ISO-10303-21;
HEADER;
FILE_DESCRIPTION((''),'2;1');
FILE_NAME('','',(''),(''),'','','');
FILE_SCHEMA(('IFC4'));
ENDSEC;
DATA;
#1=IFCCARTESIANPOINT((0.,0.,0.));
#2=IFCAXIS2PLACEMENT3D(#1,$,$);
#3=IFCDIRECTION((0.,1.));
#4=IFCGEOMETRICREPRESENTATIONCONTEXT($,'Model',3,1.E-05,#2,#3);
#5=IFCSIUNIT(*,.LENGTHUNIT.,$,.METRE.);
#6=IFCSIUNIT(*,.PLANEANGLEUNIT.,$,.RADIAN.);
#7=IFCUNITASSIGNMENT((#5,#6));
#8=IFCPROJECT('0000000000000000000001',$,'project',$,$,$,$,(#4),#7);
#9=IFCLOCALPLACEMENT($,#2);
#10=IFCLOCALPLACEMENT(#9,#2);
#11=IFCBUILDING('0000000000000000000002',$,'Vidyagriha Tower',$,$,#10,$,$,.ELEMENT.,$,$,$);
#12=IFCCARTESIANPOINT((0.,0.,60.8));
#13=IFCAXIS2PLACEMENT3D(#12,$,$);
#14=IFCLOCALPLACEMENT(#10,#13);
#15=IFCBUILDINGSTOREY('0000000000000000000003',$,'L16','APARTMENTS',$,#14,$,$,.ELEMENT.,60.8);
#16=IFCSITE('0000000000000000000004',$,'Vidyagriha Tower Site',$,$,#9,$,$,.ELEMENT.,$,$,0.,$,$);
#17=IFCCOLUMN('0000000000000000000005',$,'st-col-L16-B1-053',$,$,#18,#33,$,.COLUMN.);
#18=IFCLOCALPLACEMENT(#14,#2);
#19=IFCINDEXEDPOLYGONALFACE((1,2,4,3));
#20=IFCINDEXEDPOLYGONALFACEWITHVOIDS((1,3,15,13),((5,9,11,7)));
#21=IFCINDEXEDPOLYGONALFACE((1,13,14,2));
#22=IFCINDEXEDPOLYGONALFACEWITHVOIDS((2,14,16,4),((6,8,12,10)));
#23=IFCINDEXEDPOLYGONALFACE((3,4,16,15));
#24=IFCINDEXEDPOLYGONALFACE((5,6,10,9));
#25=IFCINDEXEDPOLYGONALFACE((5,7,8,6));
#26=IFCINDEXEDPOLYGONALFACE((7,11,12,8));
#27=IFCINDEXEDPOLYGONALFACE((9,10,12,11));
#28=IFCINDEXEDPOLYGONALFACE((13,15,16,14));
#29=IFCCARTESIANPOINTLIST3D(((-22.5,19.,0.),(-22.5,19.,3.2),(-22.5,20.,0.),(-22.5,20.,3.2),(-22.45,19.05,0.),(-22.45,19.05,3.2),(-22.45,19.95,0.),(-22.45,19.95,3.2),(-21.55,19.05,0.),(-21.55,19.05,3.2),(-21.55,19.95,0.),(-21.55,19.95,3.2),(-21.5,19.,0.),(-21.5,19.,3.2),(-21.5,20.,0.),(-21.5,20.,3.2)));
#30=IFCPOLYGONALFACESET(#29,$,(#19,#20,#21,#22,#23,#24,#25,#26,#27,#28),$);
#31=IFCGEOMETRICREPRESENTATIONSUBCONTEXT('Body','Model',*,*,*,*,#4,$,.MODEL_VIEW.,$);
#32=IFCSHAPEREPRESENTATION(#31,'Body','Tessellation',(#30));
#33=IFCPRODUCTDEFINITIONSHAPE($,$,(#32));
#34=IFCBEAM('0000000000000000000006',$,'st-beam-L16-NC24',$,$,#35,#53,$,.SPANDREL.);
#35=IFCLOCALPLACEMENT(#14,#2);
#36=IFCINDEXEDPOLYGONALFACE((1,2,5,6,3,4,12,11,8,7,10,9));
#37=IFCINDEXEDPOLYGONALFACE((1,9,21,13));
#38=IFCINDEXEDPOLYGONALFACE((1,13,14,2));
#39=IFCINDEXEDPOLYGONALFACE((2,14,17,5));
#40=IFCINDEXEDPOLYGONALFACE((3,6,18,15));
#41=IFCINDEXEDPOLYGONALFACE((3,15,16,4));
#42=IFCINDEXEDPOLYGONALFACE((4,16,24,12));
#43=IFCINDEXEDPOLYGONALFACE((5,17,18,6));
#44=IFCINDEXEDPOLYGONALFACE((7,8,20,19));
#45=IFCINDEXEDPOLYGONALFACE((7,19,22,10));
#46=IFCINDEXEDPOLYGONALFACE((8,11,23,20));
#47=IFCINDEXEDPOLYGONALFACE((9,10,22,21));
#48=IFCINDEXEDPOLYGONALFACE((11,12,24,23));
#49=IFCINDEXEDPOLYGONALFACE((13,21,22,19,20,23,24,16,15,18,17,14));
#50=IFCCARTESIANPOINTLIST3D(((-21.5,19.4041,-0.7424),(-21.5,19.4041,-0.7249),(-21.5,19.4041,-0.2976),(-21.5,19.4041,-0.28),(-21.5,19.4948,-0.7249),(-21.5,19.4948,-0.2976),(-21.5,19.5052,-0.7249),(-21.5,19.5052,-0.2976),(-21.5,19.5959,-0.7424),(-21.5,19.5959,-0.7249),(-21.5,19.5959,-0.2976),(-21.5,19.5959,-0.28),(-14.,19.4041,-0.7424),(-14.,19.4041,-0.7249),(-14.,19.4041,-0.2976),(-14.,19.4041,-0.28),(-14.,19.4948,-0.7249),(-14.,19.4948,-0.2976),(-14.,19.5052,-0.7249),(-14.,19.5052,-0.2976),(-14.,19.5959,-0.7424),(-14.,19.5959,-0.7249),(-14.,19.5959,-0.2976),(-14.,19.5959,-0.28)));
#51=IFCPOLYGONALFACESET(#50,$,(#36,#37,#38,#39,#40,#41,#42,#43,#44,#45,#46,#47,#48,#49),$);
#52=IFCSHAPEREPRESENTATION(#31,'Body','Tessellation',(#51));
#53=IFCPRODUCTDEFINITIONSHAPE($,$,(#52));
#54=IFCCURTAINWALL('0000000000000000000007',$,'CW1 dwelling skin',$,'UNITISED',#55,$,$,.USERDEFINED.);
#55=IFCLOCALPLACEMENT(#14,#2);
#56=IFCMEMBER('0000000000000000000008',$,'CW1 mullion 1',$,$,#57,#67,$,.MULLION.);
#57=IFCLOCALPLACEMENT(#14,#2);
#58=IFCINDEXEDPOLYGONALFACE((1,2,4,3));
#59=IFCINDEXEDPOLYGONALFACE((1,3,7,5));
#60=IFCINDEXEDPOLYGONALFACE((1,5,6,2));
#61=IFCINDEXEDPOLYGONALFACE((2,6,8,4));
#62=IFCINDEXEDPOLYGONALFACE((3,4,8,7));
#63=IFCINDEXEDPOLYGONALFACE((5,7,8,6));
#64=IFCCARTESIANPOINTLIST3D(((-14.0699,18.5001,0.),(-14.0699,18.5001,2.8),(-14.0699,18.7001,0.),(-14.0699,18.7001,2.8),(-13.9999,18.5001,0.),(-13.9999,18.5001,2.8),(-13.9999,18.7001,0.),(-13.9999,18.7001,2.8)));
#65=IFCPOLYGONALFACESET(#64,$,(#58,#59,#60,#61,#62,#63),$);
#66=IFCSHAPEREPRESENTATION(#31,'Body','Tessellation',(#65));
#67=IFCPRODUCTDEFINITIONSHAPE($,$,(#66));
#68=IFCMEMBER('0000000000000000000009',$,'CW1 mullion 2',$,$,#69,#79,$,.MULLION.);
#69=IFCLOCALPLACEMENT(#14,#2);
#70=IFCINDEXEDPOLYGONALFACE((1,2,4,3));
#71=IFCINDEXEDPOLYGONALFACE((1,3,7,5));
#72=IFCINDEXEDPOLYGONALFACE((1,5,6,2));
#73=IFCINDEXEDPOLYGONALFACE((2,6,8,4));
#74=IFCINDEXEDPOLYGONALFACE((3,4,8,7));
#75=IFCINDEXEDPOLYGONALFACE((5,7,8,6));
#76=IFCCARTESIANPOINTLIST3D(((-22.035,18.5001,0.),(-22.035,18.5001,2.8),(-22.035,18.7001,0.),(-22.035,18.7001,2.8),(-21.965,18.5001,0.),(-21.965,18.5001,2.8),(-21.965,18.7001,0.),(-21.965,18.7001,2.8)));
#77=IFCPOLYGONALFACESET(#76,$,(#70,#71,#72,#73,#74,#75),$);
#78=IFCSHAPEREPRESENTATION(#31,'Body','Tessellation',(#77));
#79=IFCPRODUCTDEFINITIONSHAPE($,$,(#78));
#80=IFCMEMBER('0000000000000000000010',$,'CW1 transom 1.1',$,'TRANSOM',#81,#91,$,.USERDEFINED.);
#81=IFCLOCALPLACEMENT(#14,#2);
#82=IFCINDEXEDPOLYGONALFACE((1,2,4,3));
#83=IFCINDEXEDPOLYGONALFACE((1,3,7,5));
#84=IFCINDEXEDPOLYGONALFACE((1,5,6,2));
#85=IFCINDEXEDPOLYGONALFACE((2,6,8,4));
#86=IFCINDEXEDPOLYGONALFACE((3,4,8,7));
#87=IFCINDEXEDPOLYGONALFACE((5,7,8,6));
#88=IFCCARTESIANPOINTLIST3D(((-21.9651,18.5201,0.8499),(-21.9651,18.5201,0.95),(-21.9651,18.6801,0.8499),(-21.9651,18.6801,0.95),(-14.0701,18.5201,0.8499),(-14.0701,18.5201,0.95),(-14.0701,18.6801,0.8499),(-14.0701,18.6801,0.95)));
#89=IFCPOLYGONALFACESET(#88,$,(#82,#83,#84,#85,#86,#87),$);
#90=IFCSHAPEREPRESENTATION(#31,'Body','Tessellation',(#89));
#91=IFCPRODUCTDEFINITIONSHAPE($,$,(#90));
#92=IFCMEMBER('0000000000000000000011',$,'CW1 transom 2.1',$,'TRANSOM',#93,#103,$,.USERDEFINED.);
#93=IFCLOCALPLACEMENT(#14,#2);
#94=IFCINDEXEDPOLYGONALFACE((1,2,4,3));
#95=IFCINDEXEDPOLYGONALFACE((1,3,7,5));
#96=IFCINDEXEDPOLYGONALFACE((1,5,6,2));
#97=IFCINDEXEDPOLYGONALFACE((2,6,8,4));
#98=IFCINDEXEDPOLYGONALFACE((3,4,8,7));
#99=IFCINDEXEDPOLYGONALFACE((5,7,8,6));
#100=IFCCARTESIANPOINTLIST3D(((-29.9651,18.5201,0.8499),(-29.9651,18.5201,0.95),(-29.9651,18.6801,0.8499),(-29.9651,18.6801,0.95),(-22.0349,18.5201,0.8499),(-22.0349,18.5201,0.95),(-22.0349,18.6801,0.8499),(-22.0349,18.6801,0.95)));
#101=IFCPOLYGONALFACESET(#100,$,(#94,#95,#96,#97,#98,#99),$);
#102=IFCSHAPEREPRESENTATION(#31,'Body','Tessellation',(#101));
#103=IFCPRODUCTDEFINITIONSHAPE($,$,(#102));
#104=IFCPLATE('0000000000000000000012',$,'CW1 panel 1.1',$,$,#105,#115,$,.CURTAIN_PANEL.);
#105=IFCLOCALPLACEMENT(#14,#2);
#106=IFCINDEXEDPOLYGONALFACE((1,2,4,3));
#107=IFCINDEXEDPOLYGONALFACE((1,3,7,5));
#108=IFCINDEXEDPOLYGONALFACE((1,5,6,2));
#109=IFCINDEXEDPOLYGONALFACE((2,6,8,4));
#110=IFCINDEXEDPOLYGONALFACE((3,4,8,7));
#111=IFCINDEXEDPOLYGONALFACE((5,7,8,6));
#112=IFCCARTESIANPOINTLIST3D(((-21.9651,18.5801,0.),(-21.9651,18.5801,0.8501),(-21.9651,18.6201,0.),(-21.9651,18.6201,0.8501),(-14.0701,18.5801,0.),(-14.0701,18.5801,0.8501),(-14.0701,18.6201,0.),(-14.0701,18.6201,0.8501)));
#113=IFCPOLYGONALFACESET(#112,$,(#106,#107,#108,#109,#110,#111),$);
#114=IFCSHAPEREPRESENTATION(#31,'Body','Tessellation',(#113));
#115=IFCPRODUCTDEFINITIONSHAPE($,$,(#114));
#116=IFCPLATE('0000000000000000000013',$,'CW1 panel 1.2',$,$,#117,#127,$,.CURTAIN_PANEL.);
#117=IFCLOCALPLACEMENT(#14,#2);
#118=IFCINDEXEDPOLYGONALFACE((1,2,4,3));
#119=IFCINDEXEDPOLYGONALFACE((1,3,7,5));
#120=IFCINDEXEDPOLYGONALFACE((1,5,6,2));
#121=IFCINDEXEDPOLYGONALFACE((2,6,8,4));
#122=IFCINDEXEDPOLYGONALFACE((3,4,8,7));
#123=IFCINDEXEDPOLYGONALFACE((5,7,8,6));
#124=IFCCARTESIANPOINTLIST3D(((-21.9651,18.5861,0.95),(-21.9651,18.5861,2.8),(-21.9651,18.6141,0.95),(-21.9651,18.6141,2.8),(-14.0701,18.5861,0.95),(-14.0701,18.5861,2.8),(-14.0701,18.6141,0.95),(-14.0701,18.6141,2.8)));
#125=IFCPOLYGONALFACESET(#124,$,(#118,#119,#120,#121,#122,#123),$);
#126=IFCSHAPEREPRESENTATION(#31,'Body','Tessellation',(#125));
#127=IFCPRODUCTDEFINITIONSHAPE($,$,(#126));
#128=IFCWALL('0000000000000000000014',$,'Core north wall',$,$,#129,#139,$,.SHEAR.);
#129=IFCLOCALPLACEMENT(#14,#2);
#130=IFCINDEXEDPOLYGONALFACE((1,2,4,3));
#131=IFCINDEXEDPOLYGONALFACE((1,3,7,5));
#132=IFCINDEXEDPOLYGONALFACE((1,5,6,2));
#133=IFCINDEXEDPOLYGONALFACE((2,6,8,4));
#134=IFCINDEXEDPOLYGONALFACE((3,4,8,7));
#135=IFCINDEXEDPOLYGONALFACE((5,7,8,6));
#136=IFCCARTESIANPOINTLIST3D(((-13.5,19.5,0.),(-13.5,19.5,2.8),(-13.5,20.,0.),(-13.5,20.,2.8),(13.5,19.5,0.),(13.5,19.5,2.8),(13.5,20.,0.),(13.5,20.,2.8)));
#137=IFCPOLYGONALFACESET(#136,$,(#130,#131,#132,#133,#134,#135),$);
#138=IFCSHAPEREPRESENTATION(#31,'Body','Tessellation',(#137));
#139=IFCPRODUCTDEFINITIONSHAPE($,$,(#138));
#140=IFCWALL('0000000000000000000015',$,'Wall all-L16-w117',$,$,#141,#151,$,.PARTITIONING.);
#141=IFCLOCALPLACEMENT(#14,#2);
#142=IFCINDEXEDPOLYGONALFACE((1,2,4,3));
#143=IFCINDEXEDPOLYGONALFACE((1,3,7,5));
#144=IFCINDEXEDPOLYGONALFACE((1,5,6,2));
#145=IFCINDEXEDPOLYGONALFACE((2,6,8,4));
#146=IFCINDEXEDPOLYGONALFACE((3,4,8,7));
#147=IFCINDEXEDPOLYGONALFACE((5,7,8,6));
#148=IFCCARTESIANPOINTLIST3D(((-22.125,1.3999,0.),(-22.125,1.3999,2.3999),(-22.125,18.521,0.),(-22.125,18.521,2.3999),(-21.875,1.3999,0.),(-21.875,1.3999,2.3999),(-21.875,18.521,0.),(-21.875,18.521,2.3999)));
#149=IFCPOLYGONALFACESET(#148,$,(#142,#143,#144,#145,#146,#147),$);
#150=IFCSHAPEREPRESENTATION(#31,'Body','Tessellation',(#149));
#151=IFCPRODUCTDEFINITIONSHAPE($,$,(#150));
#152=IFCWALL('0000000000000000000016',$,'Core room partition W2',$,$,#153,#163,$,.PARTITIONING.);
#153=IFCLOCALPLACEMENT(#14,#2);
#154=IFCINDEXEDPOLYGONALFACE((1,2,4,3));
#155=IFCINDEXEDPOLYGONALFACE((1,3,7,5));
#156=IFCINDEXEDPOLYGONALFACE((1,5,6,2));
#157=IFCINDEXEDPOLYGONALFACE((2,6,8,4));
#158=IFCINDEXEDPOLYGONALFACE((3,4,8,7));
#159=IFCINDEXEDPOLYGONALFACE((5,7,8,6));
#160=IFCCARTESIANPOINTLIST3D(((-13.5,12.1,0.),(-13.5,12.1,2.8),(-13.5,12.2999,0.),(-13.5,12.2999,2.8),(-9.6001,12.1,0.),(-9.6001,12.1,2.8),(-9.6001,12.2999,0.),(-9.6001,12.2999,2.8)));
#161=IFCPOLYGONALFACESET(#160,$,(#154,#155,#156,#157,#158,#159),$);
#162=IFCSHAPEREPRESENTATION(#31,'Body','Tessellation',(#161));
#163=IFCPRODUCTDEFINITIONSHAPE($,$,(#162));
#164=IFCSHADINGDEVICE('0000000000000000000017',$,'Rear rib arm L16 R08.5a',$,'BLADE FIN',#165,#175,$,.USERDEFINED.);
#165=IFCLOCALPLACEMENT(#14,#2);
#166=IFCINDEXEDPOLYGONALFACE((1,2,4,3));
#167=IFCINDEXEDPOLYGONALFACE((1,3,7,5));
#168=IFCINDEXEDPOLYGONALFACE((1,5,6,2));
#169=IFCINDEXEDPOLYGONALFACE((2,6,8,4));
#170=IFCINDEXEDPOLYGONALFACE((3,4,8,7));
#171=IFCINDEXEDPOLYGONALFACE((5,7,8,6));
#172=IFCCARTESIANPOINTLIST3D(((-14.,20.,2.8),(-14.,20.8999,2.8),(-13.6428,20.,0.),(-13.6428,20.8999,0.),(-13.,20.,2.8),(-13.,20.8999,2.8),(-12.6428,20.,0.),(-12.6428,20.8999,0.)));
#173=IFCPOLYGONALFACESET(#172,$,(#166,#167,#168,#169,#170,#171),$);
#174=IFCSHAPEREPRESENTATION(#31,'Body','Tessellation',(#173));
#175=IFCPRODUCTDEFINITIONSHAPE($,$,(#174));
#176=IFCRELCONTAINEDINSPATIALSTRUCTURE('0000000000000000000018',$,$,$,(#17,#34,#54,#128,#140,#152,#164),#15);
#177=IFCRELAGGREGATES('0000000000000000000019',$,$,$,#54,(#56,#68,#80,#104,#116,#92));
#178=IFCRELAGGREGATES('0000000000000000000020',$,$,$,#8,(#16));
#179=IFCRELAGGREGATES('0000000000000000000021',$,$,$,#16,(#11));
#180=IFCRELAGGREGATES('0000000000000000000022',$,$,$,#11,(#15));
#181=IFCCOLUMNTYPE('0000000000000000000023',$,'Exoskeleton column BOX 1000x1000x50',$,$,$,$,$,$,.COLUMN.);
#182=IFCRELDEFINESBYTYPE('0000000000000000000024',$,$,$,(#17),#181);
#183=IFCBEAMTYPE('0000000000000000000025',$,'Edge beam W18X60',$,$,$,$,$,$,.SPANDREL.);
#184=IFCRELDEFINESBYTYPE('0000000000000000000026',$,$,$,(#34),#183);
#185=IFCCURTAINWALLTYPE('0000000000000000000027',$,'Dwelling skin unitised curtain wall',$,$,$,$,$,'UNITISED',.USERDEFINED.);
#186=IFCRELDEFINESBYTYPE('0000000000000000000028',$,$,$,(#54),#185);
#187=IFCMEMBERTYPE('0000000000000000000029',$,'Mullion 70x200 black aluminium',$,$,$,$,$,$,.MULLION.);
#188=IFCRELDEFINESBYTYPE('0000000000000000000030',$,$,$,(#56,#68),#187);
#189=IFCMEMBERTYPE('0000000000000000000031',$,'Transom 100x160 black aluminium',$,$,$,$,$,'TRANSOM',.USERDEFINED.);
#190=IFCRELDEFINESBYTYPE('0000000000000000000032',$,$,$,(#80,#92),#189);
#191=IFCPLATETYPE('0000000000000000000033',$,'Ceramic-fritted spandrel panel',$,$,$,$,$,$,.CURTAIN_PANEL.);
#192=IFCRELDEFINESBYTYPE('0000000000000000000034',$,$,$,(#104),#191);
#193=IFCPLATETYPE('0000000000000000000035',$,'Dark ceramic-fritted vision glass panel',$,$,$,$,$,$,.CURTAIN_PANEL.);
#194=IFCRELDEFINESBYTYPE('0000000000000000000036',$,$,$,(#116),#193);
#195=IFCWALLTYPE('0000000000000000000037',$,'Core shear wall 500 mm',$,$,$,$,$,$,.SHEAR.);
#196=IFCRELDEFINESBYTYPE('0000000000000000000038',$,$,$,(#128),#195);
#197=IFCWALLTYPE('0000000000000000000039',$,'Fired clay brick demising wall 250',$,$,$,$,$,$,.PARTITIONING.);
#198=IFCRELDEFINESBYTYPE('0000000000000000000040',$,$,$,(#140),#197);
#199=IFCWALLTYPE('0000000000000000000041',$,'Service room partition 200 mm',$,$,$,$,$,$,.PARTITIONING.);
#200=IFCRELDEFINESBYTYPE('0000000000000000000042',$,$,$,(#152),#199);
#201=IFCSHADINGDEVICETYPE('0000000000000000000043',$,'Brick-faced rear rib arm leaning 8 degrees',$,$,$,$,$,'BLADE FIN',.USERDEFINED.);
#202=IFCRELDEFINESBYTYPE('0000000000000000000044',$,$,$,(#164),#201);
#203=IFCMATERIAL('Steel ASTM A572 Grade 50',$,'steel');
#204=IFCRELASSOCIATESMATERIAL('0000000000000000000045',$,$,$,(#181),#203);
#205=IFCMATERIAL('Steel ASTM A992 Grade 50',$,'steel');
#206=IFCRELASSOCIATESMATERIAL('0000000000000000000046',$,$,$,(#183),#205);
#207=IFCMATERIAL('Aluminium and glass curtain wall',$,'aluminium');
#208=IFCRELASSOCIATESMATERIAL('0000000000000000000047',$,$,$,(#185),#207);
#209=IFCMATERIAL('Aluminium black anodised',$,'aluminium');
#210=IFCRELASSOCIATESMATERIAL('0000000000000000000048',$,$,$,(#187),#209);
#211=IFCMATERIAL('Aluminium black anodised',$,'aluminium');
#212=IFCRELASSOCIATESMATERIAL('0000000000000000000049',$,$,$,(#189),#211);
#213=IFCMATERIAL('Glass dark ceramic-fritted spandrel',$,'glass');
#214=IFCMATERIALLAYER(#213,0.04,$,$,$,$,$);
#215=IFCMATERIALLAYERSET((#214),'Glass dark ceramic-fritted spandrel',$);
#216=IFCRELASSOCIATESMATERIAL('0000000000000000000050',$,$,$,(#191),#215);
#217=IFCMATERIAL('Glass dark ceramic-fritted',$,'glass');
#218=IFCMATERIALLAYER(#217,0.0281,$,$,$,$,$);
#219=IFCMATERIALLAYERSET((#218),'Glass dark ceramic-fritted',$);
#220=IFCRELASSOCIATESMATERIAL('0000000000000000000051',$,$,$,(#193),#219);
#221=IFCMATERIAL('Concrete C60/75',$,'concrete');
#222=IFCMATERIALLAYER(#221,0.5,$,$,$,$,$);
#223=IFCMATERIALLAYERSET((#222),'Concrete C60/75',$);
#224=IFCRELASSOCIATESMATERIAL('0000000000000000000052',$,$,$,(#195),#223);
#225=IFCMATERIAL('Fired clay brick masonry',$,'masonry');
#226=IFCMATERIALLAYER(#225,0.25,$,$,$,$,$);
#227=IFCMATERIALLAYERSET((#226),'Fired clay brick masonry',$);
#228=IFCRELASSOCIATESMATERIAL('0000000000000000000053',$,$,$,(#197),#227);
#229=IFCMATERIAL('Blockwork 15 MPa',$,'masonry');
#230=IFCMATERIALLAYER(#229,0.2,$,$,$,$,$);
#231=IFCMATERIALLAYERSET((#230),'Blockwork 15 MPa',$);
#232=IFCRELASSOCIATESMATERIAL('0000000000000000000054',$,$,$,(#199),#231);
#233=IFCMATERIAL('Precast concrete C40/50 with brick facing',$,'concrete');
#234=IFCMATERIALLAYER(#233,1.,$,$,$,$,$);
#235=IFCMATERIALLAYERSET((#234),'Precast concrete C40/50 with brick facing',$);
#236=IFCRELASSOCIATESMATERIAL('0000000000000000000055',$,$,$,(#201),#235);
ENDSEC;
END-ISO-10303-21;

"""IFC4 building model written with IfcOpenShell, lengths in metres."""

from ifc_helpers import new_model, si_unit, direction, frame, frame_2d, origin, origin_2d, place, context, subcontext, project, spatial, polyline, rectangle, hollow_rectangle, i_section, outline, extrude, material, layer, layer_set, material_profile, profile_set, type_object, element, aggregate, save


model = new_model("IFC4")

# Units and contexts
model_context = context("Model", 3, precision=1e-05, world=origin(), true_north=direction((0.0, 1.0)))
body_context = subcontext(model_context, "Body", "Model", "MODEL_VIEW")
ifc_project = project(units=[si_unit("LENGTHUNIT", "METRE"), si_unit("PLANEANGLEUNIT", "RADIAN")], contexts=[model_context])

# Site, building, storey
site_placement = place(None, origin())
site = spatial("IfcSite", under=ifc_project, at=site_placement, Name="Vidyagriha Tower Site", CompositionType="ELEMENT", RefElevation=0.0)
building_placement = place(site_placement, origin())
building = spatial("IfcBuilding", under=site, at=building_placement, Name="Vidyagriha Tower", CompositionType="ELEMENT")
storey_placement = place(building_placement, frame((0.0, 0.0, 60.8)))
storey = spatial("IfcBuildingStorey", under=building, at=storey_placement, Name="L16", Description="APARTMENTS", CompositionType="ELEMENT", Elevation=60.8)

# Column
ifc_material_1 = material(Name="Steel ASTM A572 Grade 50", Category="steel")
ifc_material_profile_1 = material_profile(ifc_material_1, hollow_rectangle(XDim=1.0, YDim=1.0, WallThickness=0.05, at=origin_2d()), Name="BOX 1000x1000x50")
ifc_profile_set_1 = profile_set([ifc_material_profile_1], Name="Steel ASTM A572 Grade 50")
column_type = type_object("IfcColumnType", Name="Exoskeleton column BOX 1000x1000x50", PredefinedType="COLUMN", material=ifc_profile_set_1)
column_placement = place(storey_placement, frame((-22.0, 19.5, 0.0)))
element("IfcColumn", 1, at=column_placement, inside=storey, type_object=column_type, Name="st-col-L16-B1-053", PredefinedType="COLUMN", context=body_context, shape_type="SweptSolid", body=[
    extrude(hollow_rectangle(XDim=1.0, YDim=1.0, WallThickness=0.05, at=origin_2d()), origin(), (0.0, 0.0, 1.0), 3.2),
])

# Beam
ifc_material_2 = material(Name="Steel ASTM A992 Grade 50", Category="steel")
ifc_material_profile_2 = material_profile(ifc_material_2, i_section(OverallWidth=0.1919, OverallDepth=0.4624, WebThickness=0.0105, FlangeThickness=0.0176, at=origin_2d()), Name="W18X60")
ifc_profile_set_2 = profile_set([ifc_material_profile_2], Name="Steel ASTM A992 Grade 50")
beam_type = type_object("IfcBeamType", Name="Edge beam W18X60", PredefinedType="SPANDREL", material=ifc_profile_set_2)
beam_placement = place(storey_placement, frame((-21.5, 19.5, -0.5112), z_axis=(1.0, 0.0, 0.0), x_axis=(0.0, 1.0, 0.0)))
element("IfcBeam", 2, at=beam_placement, inside=storey, type_object=beam_type, Name="st-beam-L16-NC24", PredefinedType="SPANDREL", context=body_context, shape_type="SweptSolid", body=[
    extrude(i_section(OverallWidth=0.1919, OverallDepth=0.4624, WebThickness=0.0105, FlangeThickness=0.0176, at=origin_2d()), origin(), (0.0, 0.0, 1.0), 7.5),
])

# Curtain wall, members, plates
ifc_material_3 = material(Name="Aluminium and glass curtain wall", Category="aluminium")
curtain_wall_type = type_object("IfcCurtainWallType", Name="Dwelling skin unitised curtain wall", ElementType="UNITISED", PredefinedType="USERDEFINED", material=ifc_material_3)
curtain_wall_placement = place(storey_placement, origin())
curtain_wall = element("IfcCurtainWall", 3, at=curtain_wall_placement, inside=storey, type_object=curtain_wall_type, Name="CW1 dwelling skin", ObjectType="UNITISED", PredefinedType="USERDEFINED")
ifc_material_4 = material(Name="Aluminium black anodised", Category="aluminium")
ifc_material_profile_3 = material_profile(ifc_material_4, rectangle(XDim=0.2, YDim=0.0701, at=origin_2d()), Name="Mullion 70x200 black aluminium")
ifc_profile_set_3 = profile_set([ifc_material_profile_3], Name="Aluminium black anodised")
member_type_1 = type_object("IfcMemberType", Name="Mullion 70x200 black aluminium", PredefinedType="MULLION", material=ifc_profile_set_3)
member_1_placement = place(storey_placement, frame((-14.0349, 18.6001, 0.0), z_axis=(0.0, 0.0, 1.0), x_axis=(0.0, -1.0, 0.0)))
member_1 = element("IfcMember", 4, at=member_1_placement, type_object=member_type_1, Name="CW1 mullion 1", PredefinedType="MULLION", context=body_context, shape_type="SweptSolid", body=[
    extrude(rectangle(XDim=0.2, YDim=0.0701, at=origin_2d()), origin(), (0.0, 0.0, 1.0), 2.8),
])
member_2_placement = place(storey_placement, frame((-22.0, 18.6001, 0.0), z_axis=(0.0, 0.0, 1.0), x_axis=(0.0, -1.0, 0.0)))
member_2 = element("IfcMember", 5, at=member_2_placement, type_object=member_type_1, Name="CW1 mullion 2", PredefinedType="MULLION", context=body_context, shape_type="SweptSolid", body=[
    extrude(rectangle(XDim=0.2, YDim=0.0701, at=origin_2d()), origin(), (0.0, 0.0, 1.0), 2.8),
])
ifc_material_5 = material(Name="Aluminium black anodised", Category="aluminium")
ifc_material_profile_4 = material_profile(ifc_material_5, rectangle(XDim=0.1599, YDim=0.1001, at=origin_2d()), Name="Transom 100x160 black aluminium")
ifc_profile_set_4 = profile_set([ifc_material_profile_4], Name="Aluminium black anodised")
member_type_2 = type_object("IfcMemberType", Name="Transom 100x160 black aluminium", ElementType="TRANSOM", PredefinedType="USERDEFINED", material=ifc_profile_set_4)
member_3_placement = place(storey_placement, frame((-14.0701, 18.6001, 0.8999), z_axis=(-1.0, 0.0, 0.0), x_axis=(0.0, -1.0, 0.0)))
member_3 = element("IfcMember", 6, at=member_3_placement, type_object=member_type_2, Name="CW1 transom 1.1", ObjectType="TRANSOM", PredefinedType="USERDEFINED", context=body_context, shape_type="SweptSolid", body=[
    extrude(rectangle(XDim=0.1599, YDim=0.1001, at=origin_2d()), origin(), (0.0, 0.0, 1.0), 7.895),
])
member_4_placement = place(storey_placement, frame((-22.0349, 18.6001, 0.8999), z_axis=(-1.0, 0.0, 0.0), x_axis=(0.0, -1.0, 0.0)))
member_4 = element("IfcMember", 7, at=member_4_placement, type_object=member_type_2, Name="CW1 transom 2.1", ObjectType="TRANSOM", PredefinedType="USERDEFINED", context=body_context, shape_type="SweptSolid", body=[
    extrude(rectangle(XDim=0.1599, YDim=0.1001, at=origin_2d()), origin(), (0.0, 0.0, 1.0), 7.9302),
])
ifc_material_6 = material(Name="Glass dark ceramic-fritted spandrel", Category="glass")
ifc_layer_1 = layer(ifc_material_6, 0.04)
ifc_layer_set_1 = layer_set([ifc_layer_1], Name="Glass dark ceramic-fritted spandrel")
plate_type_1 = type_object("IfcPlateType", Name="Ceramic-fritted spandrel panel", PredefinedType="CURTAIN_PANEL", material=ifc_layer_set_1)
plate_1_placement = place(storey_placement, frame((-18.0176, 18.6001, 0.0), z_axis=(0.0, 0.0, 1.0), x_axis=(-1.0, 0.0, 0.0)))
plate_1 = element("IfcPlate", 8, at=plate_1_placement, type_object=plate_type_1, Name="CW1 panel 1.1", PredefinedType="CURTAIN_PANEL", context=body_context, shape_type="SweptSolid", body=[
    extrude(rectangle(XDim=7.895, YDim=0.04, at=origin_2d()), origin(), (0.0, 0.0, 1.0), 0.8501),
])
ifc_material_7 = material(Name="Glass dark ceramic-fritted", Category="glass")
ifc_layer_2 = layer(ifc_material_7, 0.0281)
ifc_layer_set_2 = layer_set([ifc_layer_2], Name="Glass dark ceramic-fritted")
plate_type_2 = type_object("IfcPlateType", Name="Dark ceramic-fritted vision glass panel", PredefinedType="CURTAIN_PANEL", material=ifc_layer_set_2)
plate_2_placement = place(storey_placement, frame((-18.0176, 18.6001, 0.95), z_axis=(0.0, 0.0, 1.0), x_axis=(-1.0, 0.0, 0.0)))
plate_2 = element("IfcPlate", 9, at=plate_2_placement, type_object=plate_type_2, Name="CW1 panel 1.2", PredefinedType="CURTAIN_PANEL", context=body_context, shape_type="SweptSolid", body=[
    extrude(rectangle(XDim=7.895, YDim=0.0281, at=origin_2d()), origin(), (0.0, 0.0, 1.0), 1.8501),
])
aggregate(curtain_wall, [member_1, member_2, member_3, plate_1, plate_2, member_4])

# Walls
ifc_material_8 = material(Name="Concrete C60/75", Category="concrete")
ifc_layer_3 = layer(ifc_material_8, 0.5)
ifc_layer_set_3 = layer_set([ifc_layer_3], Name="Concrete C60/75")
wall_type_1 = type_object("IfcWallType", Name="Core shear wall 500 mm", PredefinedType="SHEAR", material=ifc_layer_set_3)
wall_1_placement = place(storey_placement, frame((-13.5, 19.75, 0.0)))
element("IfcWall", 10, at=wall_1_placement, inside=storey, type_object=wall_type_1, Name="Core north wall", PredefinedType="SHEAR", context=body_context, shape_type="SweptSolid", body=[
    extrude(rectangle(XDim=27.0, YDim=0.5, at=frame_2d((13.5, 0.0))), origin(), (0.0, 0.0, 1.0), 2.8),
])
ifc_material_9 = material(Name="Fired clay brick masonry", Category="masonry")
ifc_layer_4 = layer(ifc_material_9, 0.25)
ifc_layer_set_4 = layer_set([ifc_layer_4], Name="Fired clay brick masonry")
wall_type_2 = type_object("IfcWallType", Name="Fired clay brick demising wall 250", PredefinedType="PARTITIONING", material=ifc_layer_set_4)
wall_2_placement = place(storey_placement, frame((-22.0, 18.521, 0.0), z_axis=(0.0, 0.0, 1.0), x_axis=(0.0, -1.0, 0.0)))
element("IfcWall", 11, at=wall_2_placement, inside=storey, type_object=wall_type_2, Name="Wall all-L16-w117", PredefinedType="PARTITIONING", context=body_context, shape_type="SweptSolid", body=[
    extrude(rectangle(XDim=17.1211, YDim=0.25, at=frame_2d((8.5605, 0.0))), origin(), (0.0, 0.0, 1.0), 2.3999),
])
ifc_material_10 = material(Name="Blockwork 15 MPa", Category="masonry")
ifc_layer_5 = layer(ifc_material_10, 0.2)
ifc_layer_set_5 = layer_set([ifc_layer_5], Name="Blockwork 15 MPa")
wall_type_3 = type_object("IfcWallType", Name="Service room partition 200 mm", PredefinedType="PARTITIONING", material=ifc_layer_set_5)
wall_3_placement = place(storey_placement, frame((-13.5, 12.2, 0.0)))
element("IfcWall", 12, at=wall_3_placement, inside=storey, type_object=wall_type_3, Name="Core room partition W2", PredefinedType="PARTITIONING", context=body_context, shape_type="SweptSolid", body=[
    extrude(rectangle(XDim=3.8999, YDim=0.2, at=frame_2d((1.95, 0.0))), origin(), (0.0, 0.0, 1.0), 2.8),
])

# Shading device
ifc_material_11 = material(Name="Precast concrete C40/50 with brick facing", Category="concrete")
ifc_layer_6 = layer(ifc_material_11, 1.0)
ifc_layer_set_6 = layer_set([ifc_layer_6], Name="Precast concrete C40/50 with brick facing")
shading_device_type = type_object("IfcShadingDeviceType", Name="Brick-faced rear rib arm leaning 8 degrees", ElementType="BLADE FIN", PredefinedType="USERDEFINED", material=ifc_layer_set_6)
shading_device_1_placement = place(storey_placement, frame((-12.6428, 20.45, 0.0), z_axis=(0.0, 0.0, 1.0), x_axis=(-1.0, 0.0, 0.0)))
element("IfcShadingDevice", 13, at=shading_device_1_placement, inside=storey, type_object=shading_device_type, Name="Rear rib arm L16 R08.5a", ObjectType="BLADE FIN", PredefinedType="USERDEFINED", context=body_context, shape_type="SweptSolid", body=[
    extrude(outline(polyline([(0.0, 0.0), (1.0, 0.0), (1.3572, 2.8), (0.3572, 2.8), (0.0, 0.0)])), frame((0.0, 0.45, 0.0), z_axis=(0.0, -1.0, 0.0), x_axis=(1.0, 0.0, 0.0)), (0.0, 0.0, 1.0), 0.8999),
])

save(model, "model.ifc")
